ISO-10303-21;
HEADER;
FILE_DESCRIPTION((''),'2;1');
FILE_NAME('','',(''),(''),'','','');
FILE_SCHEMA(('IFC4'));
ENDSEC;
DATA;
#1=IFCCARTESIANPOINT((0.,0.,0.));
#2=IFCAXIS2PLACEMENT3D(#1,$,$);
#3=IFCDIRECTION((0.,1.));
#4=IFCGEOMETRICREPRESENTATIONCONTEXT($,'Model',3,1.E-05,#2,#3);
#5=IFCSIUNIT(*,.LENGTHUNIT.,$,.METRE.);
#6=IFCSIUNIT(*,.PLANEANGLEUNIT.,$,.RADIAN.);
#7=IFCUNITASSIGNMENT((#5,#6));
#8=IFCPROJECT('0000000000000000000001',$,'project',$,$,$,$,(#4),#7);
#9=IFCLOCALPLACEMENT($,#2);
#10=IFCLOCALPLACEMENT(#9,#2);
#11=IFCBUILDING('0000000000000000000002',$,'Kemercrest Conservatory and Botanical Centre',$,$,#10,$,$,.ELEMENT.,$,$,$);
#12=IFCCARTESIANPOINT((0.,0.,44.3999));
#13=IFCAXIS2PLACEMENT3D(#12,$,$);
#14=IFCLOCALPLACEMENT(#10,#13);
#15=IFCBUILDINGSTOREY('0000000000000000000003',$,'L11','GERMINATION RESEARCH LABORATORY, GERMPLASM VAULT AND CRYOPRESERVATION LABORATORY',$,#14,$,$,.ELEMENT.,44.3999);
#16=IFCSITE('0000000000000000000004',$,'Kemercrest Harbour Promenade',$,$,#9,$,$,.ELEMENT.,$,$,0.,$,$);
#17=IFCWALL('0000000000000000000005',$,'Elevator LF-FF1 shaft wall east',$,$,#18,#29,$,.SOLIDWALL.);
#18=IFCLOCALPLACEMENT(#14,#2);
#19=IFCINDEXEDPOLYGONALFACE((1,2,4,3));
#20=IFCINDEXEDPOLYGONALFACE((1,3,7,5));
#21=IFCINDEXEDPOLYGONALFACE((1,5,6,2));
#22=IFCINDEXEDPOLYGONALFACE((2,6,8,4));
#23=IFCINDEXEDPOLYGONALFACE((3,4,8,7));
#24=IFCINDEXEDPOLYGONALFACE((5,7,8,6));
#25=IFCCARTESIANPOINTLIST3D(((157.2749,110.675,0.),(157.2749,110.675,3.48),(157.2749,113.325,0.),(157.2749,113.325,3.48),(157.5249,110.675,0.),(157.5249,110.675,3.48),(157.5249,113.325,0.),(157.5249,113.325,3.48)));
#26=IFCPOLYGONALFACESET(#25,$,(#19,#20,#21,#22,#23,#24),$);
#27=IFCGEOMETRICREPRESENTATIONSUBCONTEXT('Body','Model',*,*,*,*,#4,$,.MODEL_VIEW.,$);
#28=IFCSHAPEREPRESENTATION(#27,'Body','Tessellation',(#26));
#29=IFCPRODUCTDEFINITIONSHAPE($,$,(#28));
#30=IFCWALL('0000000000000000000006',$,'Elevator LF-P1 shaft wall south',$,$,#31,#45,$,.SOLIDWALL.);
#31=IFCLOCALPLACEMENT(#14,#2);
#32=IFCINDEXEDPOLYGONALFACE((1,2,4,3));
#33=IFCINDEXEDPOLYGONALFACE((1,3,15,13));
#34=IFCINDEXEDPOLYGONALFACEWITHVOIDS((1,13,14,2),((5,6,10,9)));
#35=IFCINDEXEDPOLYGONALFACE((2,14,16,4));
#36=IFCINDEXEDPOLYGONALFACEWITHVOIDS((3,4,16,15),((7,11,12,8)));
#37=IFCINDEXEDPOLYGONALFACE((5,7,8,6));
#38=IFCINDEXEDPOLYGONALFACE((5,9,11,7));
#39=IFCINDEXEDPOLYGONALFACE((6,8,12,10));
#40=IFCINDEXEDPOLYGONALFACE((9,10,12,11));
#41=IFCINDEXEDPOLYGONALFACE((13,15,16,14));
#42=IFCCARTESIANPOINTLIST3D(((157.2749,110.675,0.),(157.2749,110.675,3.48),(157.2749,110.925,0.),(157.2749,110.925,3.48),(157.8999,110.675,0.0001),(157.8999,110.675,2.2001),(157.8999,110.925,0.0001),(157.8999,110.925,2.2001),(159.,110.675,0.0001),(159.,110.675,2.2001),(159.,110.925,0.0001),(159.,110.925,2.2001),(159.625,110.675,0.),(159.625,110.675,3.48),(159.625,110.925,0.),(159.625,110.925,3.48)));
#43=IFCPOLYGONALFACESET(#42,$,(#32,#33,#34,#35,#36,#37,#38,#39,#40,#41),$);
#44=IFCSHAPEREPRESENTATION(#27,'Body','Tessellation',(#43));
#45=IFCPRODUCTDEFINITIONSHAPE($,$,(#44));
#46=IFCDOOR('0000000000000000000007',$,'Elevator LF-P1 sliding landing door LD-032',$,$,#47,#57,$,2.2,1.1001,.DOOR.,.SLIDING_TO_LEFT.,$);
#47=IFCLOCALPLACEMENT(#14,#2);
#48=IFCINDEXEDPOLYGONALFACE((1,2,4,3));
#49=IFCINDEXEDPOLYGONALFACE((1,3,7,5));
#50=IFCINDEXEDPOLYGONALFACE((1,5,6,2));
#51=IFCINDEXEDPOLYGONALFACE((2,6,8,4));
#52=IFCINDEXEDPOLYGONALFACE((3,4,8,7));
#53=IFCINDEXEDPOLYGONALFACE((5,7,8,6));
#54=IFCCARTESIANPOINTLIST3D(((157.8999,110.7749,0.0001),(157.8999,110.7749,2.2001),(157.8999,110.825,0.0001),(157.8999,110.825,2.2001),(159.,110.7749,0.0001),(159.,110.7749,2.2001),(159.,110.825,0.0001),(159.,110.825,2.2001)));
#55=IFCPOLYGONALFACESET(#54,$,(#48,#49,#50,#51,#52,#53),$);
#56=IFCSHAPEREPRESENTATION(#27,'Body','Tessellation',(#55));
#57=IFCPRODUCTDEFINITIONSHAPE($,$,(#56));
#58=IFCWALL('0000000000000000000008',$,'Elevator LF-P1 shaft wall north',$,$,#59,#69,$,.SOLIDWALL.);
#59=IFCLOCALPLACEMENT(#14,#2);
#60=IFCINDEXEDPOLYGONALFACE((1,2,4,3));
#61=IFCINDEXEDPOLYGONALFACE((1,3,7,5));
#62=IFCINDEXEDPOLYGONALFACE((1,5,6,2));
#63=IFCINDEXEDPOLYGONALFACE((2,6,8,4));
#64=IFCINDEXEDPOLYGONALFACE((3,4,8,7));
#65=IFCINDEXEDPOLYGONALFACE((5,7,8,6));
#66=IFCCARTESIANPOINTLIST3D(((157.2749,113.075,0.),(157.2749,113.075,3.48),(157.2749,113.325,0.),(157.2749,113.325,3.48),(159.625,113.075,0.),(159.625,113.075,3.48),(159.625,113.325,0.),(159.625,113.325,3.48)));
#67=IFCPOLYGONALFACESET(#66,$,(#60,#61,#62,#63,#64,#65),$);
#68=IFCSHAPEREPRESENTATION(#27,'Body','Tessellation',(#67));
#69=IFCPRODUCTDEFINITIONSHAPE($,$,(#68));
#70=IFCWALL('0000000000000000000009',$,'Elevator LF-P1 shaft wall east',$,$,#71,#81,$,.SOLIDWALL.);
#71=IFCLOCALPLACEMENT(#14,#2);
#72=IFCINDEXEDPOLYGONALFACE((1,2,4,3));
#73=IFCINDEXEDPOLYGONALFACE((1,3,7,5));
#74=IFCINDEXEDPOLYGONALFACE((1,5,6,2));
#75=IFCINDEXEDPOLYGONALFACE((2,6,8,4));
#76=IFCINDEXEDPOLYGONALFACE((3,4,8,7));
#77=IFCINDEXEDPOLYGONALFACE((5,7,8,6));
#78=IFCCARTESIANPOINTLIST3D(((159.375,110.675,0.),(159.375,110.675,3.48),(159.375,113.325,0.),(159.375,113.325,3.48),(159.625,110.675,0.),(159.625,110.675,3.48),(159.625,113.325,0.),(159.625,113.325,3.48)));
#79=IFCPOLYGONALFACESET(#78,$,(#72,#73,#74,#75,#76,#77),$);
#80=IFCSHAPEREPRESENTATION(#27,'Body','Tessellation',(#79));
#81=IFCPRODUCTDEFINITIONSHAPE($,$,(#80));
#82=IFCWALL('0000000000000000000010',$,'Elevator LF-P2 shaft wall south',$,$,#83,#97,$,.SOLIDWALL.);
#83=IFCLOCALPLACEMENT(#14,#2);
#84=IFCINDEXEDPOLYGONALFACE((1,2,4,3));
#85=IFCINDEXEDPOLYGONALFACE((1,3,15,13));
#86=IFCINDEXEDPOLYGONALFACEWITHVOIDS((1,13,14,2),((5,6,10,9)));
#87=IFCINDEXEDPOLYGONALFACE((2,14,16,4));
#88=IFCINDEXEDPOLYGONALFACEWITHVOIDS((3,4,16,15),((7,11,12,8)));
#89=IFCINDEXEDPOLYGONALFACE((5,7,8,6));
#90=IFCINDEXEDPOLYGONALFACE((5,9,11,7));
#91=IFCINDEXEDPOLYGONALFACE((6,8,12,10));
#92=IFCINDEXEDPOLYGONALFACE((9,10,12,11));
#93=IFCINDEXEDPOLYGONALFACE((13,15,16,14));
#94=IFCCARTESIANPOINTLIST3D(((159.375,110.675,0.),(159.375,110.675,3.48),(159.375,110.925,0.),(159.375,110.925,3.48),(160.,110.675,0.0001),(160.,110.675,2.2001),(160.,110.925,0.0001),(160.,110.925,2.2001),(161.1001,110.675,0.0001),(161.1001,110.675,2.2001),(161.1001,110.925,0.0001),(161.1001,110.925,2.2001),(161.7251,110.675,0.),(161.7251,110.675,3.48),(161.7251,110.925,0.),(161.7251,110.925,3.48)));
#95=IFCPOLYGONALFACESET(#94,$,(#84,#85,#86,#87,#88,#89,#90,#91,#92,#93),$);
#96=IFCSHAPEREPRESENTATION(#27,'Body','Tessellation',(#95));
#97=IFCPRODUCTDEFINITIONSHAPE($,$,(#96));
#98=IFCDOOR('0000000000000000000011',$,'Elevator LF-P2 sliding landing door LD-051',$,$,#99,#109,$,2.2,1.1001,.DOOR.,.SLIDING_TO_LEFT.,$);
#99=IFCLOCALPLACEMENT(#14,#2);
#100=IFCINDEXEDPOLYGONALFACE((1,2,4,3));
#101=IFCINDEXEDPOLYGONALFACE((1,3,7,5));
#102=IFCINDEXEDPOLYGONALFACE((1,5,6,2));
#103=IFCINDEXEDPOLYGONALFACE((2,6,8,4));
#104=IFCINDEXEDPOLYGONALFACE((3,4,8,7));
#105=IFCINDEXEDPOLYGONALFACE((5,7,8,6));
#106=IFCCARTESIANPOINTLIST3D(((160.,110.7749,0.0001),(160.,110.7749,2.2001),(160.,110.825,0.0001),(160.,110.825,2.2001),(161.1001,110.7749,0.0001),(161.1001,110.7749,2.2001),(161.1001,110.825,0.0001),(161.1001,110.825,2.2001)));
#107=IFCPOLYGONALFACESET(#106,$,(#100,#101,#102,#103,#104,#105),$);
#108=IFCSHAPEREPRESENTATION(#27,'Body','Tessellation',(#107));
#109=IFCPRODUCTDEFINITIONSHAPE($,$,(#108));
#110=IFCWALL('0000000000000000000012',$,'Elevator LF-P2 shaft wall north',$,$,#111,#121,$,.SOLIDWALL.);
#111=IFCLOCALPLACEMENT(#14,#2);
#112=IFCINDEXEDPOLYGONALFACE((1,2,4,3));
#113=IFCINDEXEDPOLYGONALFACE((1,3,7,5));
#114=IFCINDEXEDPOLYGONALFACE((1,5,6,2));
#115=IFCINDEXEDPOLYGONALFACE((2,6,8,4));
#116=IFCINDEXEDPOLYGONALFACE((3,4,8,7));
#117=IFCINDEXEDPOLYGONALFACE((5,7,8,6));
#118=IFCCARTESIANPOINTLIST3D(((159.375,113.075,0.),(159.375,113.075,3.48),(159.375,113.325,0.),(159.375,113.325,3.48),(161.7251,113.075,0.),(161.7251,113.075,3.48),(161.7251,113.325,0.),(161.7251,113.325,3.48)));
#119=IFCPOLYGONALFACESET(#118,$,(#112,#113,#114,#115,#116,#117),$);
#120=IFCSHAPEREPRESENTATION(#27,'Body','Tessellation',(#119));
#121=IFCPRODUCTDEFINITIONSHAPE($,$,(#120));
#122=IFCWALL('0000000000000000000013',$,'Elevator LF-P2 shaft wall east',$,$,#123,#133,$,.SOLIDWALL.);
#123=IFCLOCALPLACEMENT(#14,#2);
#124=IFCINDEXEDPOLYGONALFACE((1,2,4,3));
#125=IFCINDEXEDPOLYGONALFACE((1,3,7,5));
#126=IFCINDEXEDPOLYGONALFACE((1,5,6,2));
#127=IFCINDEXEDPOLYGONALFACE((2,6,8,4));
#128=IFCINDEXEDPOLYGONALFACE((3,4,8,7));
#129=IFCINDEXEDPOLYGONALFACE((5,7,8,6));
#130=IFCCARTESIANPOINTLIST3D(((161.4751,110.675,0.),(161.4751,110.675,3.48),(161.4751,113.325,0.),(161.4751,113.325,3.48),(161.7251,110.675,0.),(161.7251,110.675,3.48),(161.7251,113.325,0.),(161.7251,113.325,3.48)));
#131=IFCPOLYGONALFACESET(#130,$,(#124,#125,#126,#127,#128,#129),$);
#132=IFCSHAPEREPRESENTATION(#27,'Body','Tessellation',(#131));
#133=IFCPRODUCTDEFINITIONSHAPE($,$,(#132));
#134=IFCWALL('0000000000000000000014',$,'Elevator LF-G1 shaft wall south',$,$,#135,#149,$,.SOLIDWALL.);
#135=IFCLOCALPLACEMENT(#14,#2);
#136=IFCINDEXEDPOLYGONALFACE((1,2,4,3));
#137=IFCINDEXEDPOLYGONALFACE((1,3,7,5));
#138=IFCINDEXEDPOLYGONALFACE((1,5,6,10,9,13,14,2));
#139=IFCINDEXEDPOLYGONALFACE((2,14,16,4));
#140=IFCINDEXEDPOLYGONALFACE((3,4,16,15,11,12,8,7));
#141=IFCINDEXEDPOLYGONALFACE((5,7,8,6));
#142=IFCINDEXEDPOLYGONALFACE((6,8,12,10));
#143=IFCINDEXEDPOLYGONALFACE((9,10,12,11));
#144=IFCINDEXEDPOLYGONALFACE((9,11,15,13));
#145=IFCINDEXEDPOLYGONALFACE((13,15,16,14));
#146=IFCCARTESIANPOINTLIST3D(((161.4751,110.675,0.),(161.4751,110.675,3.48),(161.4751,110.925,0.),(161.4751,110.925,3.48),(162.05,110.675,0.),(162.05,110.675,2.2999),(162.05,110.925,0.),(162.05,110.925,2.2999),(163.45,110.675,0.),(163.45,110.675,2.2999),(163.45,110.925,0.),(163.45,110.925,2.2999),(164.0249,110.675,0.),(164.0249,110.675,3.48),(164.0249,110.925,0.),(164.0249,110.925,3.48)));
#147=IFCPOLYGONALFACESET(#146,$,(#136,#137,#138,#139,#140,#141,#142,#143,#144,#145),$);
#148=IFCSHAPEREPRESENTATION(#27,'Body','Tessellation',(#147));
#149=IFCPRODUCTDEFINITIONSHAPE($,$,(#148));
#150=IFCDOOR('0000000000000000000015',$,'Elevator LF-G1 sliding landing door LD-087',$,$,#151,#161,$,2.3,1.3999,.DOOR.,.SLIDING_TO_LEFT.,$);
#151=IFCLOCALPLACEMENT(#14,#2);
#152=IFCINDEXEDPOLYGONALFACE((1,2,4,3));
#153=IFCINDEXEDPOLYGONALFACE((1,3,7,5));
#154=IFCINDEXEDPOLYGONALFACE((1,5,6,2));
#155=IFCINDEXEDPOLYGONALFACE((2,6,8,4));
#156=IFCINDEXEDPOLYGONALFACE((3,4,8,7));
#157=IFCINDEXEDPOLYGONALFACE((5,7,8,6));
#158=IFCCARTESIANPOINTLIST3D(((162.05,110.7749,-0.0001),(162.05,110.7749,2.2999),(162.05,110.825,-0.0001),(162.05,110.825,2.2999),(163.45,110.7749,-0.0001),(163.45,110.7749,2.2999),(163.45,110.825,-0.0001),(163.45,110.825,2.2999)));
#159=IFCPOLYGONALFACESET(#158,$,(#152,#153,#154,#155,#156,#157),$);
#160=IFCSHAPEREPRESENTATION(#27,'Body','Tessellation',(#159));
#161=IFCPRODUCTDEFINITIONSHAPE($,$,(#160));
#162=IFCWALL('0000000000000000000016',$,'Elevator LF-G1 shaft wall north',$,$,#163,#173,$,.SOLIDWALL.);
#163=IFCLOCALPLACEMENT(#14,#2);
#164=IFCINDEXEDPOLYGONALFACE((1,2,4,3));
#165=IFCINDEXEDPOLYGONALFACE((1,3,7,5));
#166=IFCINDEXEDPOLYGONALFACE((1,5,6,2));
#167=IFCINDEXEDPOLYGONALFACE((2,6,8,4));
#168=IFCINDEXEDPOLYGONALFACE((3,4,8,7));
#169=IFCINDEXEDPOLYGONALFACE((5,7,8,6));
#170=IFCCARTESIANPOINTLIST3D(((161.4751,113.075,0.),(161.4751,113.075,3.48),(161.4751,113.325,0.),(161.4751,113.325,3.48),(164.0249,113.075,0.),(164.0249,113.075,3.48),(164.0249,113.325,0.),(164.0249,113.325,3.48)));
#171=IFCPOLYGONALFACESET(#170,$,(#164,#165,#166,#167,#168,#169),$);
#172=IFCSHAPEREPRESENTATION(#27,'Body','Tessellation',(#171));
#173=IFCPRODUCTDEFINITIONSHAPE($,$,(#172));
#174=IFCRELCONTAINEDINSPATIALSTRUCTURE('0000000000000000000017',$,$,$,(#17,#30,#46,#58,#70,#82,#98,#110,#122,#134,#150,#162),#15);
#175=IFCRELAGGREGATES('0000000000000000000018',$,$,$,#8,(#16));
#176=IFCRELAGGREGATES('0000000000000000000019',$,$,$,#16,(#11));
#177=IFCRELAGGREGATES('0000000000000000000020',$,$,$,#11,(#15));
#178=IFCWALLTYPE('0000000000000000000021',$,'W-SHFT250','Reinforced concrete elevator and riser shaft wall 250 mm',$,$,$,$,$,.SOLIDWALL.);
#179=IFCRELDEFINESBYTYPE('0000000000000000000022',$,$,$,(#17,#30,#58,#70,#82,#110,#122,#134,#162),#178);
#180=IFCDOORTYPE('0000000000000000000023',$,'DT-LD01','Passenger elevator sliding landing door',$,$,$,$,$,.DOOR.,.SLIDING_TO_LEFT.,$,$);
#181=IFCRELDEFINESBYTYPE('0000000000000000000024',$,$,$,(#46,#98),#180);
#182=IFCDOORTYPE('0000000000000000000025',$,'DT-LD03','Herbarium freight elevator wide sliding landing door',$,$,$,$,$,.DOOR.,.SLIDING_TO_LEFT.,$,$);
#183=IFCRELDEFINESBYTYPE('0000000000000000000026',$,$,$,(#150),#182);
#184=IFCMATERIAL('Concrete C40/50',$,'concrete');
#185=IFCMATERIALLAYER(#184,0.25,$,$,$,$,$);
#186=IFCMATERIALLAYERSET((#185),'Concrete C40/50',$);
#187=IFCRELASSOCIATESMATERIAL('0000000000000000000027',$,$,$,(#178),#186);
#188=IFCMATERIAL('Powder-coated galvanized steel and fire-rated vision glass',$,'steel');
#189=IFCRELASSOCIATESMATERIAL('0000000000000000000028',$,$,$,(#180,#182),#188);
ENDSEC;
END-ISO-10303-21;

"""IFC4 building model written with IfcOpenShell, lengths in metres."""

from ifc_helpers import new_model, si_unit, direction, frame, frame_2d, origin, place, context, subcontext, project, spatial, rectangle, extrude, material, layer, layer_set, type_object, element, fill, save


model = new_model("IFC4")

# Units and contexts
model_context = context("Model", 3, precision=1e-05, world=origin(), true_north=direction((0.0, 1.0)))
body_context = subcontext(model_context, "Body", "Model", "MODEL_VIEW")
ifc_project = project(units=[si_unit("LENGTHUNIT", "METRE"), si_unit("PLANEANGLEUNIT", "RADIAN")], contexts=[model_context])

# Site, building, storey
site_placement = place(None, origin())
site = spatial("IfcSite", under=ifc_project, at=site_placement, Name="Kemercrest Harbour Promenade", CompositionType="ELEMENT", RefElevation=0.0)
building_placement = place(site_placement, origin())
building = spatial("IfcBuilding", under=site, at=building_placement, Name="Kemercrest Conservatory and Botanical Centre", CompositionType="ELEMENT")
storey_placement = place(building_placement, frame((0.0, 0.0, 44.3999)))
storey = spatial("IfcBuildingStorey", under=building, at=storey_placement, Name="L11", Description="GERMINATION RESEARCH LABORATORY, GERMPLASM VAULT AND CRYOPRESERVATION LABORATORY", CompositionType="ELEMENT", Elevation=44.3999)

# Shared definitions
ifc_material_1 = material(Name="Concrete C40/50", Category="concrete")

# Shared definitions
ifc_layer_1 = layer(ifc_material_1, 0.25)
ifc_layer_set_1 = layer_set([ifc_layer_1], Name="Concrete C40/50")
wall_type_1 = type_object("IfcWallType", Name="W-SHFT250", Description="Reinforced concrete elevator and riser shaft wall 250 mm", PredefinedType="SOLIDWALL", material=ifc_layer_set_1)
ifc_material_2 = material(Name="Powder-coated galvanized steel and fire-rated vision glass", Category="steel")

# Wall
wall_1_placement = place(storey_placement, frame((157.3999, 110.675, 0.0), z_axis=(0.0, 0.0, 1.0), x_axis=(0.0, 1.0, 0.0)))
element("IfcWall", 1, at=wall_1_placement, inside=storey, type_object=wall_type_1, Name="Elevator LF-FF1 shaft wall east", PredefinedType="SOLIDWALL", context=body_context, shape_type="SweptSolid", body=[
    extrude(rectangle(XDim=2.6499, YDim=0.25, at=frame_2d((1.325, 0.0))), origin(), (0.0, 0.0, 1.0), 3.48),
])

# Wall, opening, door
wall_2_placement = place(storey_placement, frame((157.2749, 110.8, 0.0), z_axis=(0.0, 0.0, 1.0), x_axis=(1.0, 0.0, 0.0)))
wall_2 = element("IfcWall", 2, at=wall_2_placement, inside=storey, type_object=wall_type_1, Name="Elevator LF-P1 shaft wall south", PredefinedType="SOLIDWALL", context=body_context, shape_type="SweptSolid", body=[
    extrude(rectangle(XDim=2.3501, YDim=0.25, at=frame_2d((1.175, 0.0))), origin(), (0.0, 0.0, 1.0), 3.48),
])
opening_1_placement = place(wall_2_placement, frame((0.625, 0.0, 0.0)))
opening_1 = element("IfcOpeningElement", 3, at=opening_1_placement, cuts=wall_2, PredefinedType="OPENING", context=body_context, shape_type="SweptSolid", body=[
    extrude(rectangle(XDim=1.1001, YDim=2.2, at=frame_2d((0.55, 1.1001))), frame((0.0, 0.135, 0.0), z_axis=(0.0, -1.0, 0.0), x_axis=(1.0, 0.0, 0.0)), (0.0, 0.0, 1.0), 0.27),
])
door_type_1 = type_object("IfcDoorType", Name="DT-LD01", Description="Passenger elevator sliding landing door", OperationType="SLIDING_TO_LEFT", PredefinedType="DOOR", material=ifc_material_2)
door_1_placement = place(opening_1_placement, origin())
door_1 = element("IfcDoor", 4, at=door_1_placement, inside=storey, type_object=door_type_1, Name="Elevator LF-P1 sliding landing door LD-032", OperationType="SLIDING_TO_LEFT", OverallHeight=2.2, OverallWidth=1.1001, PredefinedType="DOOR", context=body_context, shape_type="SweptSolid", body=[
    extrude(rectangle(XDim=1.1001, YDim=2.2, at=frame_2d((0.55, 1.1001))), frame((0.0, 0.0249, 0.0), z_axis=(0.0, -1.0, 0.0), x_axis=(1.0, 0.0, 0.0)), (0.0, 0.0, 1.0), 0.05),
])
fill(opening_1, door_1)

# Walls
wall_3_placement = place(storey_placement, frame((157.2749, 113.2, 0.0), z_axis=(0.0, 0.0, 1.0), x_axis=(1.0, 0.0, 0.0)))
element("IfcWall", 5, at=wall_3_placement, inside=storey, type_object=wall_type_1, Name="Elevator LF-P1 shaft wall north", PredefinedType="SOLIDWALL", context=body_context, shape_type="SweptSolid", body=[
    extrude(rectangle(XDim=2.3501, YDim=0.25, at=frame_2d((1.175, 0.0))), origin(), (0.0, 0.0, 1.0), 3.48),
])
wall_4_placement = place(storey_placement, frame((159.5, 110.675, 0.0), z_axis=(0.0, 0.0, 1.0), x_axis=(0.0, 1.0, 0.0)))
element("IfcWall", 6, at=wall_4_placement, inside=storey, type_object=wall_type_1, Name="Elevator LF-P1 shaft wall east", PredefinedType="SOLIDWALL", context=body_context, shape_type="SweptSolid", body=[
    extrude(rectangle(XDim=2.6499, YDim=0.25, at=frame_2d((1.325, 0.0))), origin(), (0.0, 0.0, 1.0), 3.48),
])

# Wall, opening, door
wall_5_placement = place(storey_placement, frame((159.375, 110.8, 0.0), z_axis=(0.0, 0.0, 1.0), x_axis=(1.0, 0.0, 0.0)))
wall_5 = element("IfcWall", 7, at=wall_5_placement, inside=storey, type_object=wall_type_1, Name="Elevator LF-P2 shaft wall south", PredefinedType="SOLIDWALL", context=body_context, shape_type="SweptSolid", body=[
    extrude(rectangle(XDim=2.3501, YDim=0.25, at=frame_2d((1.175, 0.0))), origin(), (0.0, 0.0, 1.0), 3.48),
])
opening_2_placement = place(wall_5_placement, frame((0.625, 0.0, 0.0)))
opening_2 = element("IfcOpeningElement", 8, at=opening_2_placement, cuts=wall_5, PredefinedType="OPENING", context=body_context, shape_type="SweptSolid", body=[
    extrude(rectangle(XDim=1.1001, YDim=2.2, at=frame_2d((0.55, 1.1001))), frame((0.0, 0.135, 0.0), z_axis=(0.0, -1.0, 0.0), x_axis=(1.0, 0.0, 0.0)), (0.0, 0.0, 1.0), 0.27),
])
door_2_placement = place(opening_2_placement, origin())
door_2 = element("IfcDoor", 9, at=door_2_placement, inside=storey, type_object=door_type_1, Name="Elevator LF-P2 sliding landing door LD-051", OperationType="SLIDING_TO_LEFT", OverallHeight=2.2, OverallWidth=1.1001, PredefinedType="DOOR", context=body_context, shape_type="SweptSolid", body=[
    extrude(rectangle(XDim=1.1001, YDim=2.2, at=frame_2d((0.55, 1.1001))), frame((0.0, 0.0249, 0.0), z_axis=(0.0, -1.0, 0.0), x_axis=(1.0, 0.0, 0.0)), (0.0, 0.0, 1.0), 0.05),
])
fill(opening_2, door_2)

# Walls
wall_6_placement = place(storey_placement, frame((159.375, 113.2, 0.0), z_axis=(0.0, 0.0, 1.0), x_axis=(1.0, 0.0, 0.0)))
element("IfcWall", 10, at=wall_6_placement, inside=storey, type_object=wall_type_1, Name="Elevator LF-P2 shaft wall north", PredefinedType="SOLIDWALL", context=body_context, shape_type="SweptSolid", body=[
    extrude(rectangle(XDim=2.3501, YDim=0.25, at=frame_2d((1.175, 0.0))), origin(), (0.0, 0.0, 1.0), 3.48),
])
wall_7_placement = place(storey_placement, frame((161.6001, 110.675, 0.0), z_axis=(0.0, 0.0, 1.0), x_axis=(0.0, 1.0, 0.0)))
element("IfcWall", 11, at=wall_7_placement, inside=storey, type_object=wall_type_1, Name="Elevator LF-P2 shaft wall east", PredefinedType="SOLIDWALL", context=body_context, shape_type="SweptSolid", body=[
    extrude(rectangle(XDim=2.6499, YDim=0.25, at=frame_2d((1.325, 0.0))), origin(), (0.0, 0.0, 1.0), 3.48),
])

# Wall, opening, door
wall_8_placement = place(storey_placement, frame((161.4751, 110.8, 0.0), z_axis=(0.0, 0.0, 1.0), x_axis=(1.0, 0.0, 0.0)))
wall_8 = element("IfcWall", 12, at=wall_8_placement, inside=storey, type_object=wall_type_1, Name="Elevator LF-G1 shaft wall south", PredefinedType="SOLIDWALL", context=body_context, shape_type="SweptSolid", body=[
    extrude(rectangle(XDim=2.5498, YDim=0.25, at=frame_2d((1.2749, 0.0))), origin(), (0.0, 0.0, 1.0), 3.48),
])
opening_3_placement = place(wall_8_placement, frame((0.575, 0.0, 0.0)))
opening_3 = element("IfcOpeningElement", 13, at=opening_3_placement, cuts=wall_8, PredefinedType="OPENING", context=body_context, shape_type="SweptSolid", body=[
    extrude(rectangle(XDim=1.3999, YDim=2.3, at=frame_2d((0.7, 1.1499))), frame((0.0, 0.135, 0.0), z_axis=(0.0, -1.0, 0.0), x_axis=(1.0, 0.0, 0.0)), (0.0, 0.0, 1.0), 0.27),
])
door_type_2 = type_object("IfcDoorType", Name="DT-LD03", Description="Herbarium freight elevator wide sliding landing door", OperationType="SLIDING_TO_LEFT", PredefinedType="DOOR", material=ifc_material_2)
door_3_placement = place(opening_3_placement, origin())
door_3 = element("IfcDoor", 14, at=door_3_placement, inside=storey, type_object=door_type_2, Name="Elevator LF-G1 sliding landing door LD-087", OperationType="SLIDING_TO_LEFT", OverallHeight=2.3, OverallWidth=1.3999, PredefinedType="DOOR", context=body_context, shape_type="SweptSolid", body=[
    extrude(rectangle(XDim=1.3999, YDim=2.3, at=frame_2d((0.7, 1.1499))), frame((0.0, 0.0249, 0.0), z_axis=(0.0, -1.0, 0.0), x_axis=(1.0, 0.0, 0.0)), (0.0, 0.0, 1.0), 0.05),
])
fill(opening_3, door_3)

# Wall
wall_9_placement = place(storey_placement, frame((161.4751, 113.2, 0.0), z_axis=(0.0, 0.0, 1.0), x_axis=(1.0, 0.0, 0.0)))
element("IfcWall", 15, at=wall_9_placement, inside=storey, type_object=wall_type_1, Name="Elevator LF-G1 shaft wall north", PredefinedType="SOLIDWALL", context=body_context, shape_type="SweptSolid", body=[
    extrude(rectangle(XDim=2.5498, YDim=0.25, at=frame_2d((1.2749, 0.0))), origin(), (0.0, 0.0, 1.0), 3.48),
])

save(model, "model.ifc")
